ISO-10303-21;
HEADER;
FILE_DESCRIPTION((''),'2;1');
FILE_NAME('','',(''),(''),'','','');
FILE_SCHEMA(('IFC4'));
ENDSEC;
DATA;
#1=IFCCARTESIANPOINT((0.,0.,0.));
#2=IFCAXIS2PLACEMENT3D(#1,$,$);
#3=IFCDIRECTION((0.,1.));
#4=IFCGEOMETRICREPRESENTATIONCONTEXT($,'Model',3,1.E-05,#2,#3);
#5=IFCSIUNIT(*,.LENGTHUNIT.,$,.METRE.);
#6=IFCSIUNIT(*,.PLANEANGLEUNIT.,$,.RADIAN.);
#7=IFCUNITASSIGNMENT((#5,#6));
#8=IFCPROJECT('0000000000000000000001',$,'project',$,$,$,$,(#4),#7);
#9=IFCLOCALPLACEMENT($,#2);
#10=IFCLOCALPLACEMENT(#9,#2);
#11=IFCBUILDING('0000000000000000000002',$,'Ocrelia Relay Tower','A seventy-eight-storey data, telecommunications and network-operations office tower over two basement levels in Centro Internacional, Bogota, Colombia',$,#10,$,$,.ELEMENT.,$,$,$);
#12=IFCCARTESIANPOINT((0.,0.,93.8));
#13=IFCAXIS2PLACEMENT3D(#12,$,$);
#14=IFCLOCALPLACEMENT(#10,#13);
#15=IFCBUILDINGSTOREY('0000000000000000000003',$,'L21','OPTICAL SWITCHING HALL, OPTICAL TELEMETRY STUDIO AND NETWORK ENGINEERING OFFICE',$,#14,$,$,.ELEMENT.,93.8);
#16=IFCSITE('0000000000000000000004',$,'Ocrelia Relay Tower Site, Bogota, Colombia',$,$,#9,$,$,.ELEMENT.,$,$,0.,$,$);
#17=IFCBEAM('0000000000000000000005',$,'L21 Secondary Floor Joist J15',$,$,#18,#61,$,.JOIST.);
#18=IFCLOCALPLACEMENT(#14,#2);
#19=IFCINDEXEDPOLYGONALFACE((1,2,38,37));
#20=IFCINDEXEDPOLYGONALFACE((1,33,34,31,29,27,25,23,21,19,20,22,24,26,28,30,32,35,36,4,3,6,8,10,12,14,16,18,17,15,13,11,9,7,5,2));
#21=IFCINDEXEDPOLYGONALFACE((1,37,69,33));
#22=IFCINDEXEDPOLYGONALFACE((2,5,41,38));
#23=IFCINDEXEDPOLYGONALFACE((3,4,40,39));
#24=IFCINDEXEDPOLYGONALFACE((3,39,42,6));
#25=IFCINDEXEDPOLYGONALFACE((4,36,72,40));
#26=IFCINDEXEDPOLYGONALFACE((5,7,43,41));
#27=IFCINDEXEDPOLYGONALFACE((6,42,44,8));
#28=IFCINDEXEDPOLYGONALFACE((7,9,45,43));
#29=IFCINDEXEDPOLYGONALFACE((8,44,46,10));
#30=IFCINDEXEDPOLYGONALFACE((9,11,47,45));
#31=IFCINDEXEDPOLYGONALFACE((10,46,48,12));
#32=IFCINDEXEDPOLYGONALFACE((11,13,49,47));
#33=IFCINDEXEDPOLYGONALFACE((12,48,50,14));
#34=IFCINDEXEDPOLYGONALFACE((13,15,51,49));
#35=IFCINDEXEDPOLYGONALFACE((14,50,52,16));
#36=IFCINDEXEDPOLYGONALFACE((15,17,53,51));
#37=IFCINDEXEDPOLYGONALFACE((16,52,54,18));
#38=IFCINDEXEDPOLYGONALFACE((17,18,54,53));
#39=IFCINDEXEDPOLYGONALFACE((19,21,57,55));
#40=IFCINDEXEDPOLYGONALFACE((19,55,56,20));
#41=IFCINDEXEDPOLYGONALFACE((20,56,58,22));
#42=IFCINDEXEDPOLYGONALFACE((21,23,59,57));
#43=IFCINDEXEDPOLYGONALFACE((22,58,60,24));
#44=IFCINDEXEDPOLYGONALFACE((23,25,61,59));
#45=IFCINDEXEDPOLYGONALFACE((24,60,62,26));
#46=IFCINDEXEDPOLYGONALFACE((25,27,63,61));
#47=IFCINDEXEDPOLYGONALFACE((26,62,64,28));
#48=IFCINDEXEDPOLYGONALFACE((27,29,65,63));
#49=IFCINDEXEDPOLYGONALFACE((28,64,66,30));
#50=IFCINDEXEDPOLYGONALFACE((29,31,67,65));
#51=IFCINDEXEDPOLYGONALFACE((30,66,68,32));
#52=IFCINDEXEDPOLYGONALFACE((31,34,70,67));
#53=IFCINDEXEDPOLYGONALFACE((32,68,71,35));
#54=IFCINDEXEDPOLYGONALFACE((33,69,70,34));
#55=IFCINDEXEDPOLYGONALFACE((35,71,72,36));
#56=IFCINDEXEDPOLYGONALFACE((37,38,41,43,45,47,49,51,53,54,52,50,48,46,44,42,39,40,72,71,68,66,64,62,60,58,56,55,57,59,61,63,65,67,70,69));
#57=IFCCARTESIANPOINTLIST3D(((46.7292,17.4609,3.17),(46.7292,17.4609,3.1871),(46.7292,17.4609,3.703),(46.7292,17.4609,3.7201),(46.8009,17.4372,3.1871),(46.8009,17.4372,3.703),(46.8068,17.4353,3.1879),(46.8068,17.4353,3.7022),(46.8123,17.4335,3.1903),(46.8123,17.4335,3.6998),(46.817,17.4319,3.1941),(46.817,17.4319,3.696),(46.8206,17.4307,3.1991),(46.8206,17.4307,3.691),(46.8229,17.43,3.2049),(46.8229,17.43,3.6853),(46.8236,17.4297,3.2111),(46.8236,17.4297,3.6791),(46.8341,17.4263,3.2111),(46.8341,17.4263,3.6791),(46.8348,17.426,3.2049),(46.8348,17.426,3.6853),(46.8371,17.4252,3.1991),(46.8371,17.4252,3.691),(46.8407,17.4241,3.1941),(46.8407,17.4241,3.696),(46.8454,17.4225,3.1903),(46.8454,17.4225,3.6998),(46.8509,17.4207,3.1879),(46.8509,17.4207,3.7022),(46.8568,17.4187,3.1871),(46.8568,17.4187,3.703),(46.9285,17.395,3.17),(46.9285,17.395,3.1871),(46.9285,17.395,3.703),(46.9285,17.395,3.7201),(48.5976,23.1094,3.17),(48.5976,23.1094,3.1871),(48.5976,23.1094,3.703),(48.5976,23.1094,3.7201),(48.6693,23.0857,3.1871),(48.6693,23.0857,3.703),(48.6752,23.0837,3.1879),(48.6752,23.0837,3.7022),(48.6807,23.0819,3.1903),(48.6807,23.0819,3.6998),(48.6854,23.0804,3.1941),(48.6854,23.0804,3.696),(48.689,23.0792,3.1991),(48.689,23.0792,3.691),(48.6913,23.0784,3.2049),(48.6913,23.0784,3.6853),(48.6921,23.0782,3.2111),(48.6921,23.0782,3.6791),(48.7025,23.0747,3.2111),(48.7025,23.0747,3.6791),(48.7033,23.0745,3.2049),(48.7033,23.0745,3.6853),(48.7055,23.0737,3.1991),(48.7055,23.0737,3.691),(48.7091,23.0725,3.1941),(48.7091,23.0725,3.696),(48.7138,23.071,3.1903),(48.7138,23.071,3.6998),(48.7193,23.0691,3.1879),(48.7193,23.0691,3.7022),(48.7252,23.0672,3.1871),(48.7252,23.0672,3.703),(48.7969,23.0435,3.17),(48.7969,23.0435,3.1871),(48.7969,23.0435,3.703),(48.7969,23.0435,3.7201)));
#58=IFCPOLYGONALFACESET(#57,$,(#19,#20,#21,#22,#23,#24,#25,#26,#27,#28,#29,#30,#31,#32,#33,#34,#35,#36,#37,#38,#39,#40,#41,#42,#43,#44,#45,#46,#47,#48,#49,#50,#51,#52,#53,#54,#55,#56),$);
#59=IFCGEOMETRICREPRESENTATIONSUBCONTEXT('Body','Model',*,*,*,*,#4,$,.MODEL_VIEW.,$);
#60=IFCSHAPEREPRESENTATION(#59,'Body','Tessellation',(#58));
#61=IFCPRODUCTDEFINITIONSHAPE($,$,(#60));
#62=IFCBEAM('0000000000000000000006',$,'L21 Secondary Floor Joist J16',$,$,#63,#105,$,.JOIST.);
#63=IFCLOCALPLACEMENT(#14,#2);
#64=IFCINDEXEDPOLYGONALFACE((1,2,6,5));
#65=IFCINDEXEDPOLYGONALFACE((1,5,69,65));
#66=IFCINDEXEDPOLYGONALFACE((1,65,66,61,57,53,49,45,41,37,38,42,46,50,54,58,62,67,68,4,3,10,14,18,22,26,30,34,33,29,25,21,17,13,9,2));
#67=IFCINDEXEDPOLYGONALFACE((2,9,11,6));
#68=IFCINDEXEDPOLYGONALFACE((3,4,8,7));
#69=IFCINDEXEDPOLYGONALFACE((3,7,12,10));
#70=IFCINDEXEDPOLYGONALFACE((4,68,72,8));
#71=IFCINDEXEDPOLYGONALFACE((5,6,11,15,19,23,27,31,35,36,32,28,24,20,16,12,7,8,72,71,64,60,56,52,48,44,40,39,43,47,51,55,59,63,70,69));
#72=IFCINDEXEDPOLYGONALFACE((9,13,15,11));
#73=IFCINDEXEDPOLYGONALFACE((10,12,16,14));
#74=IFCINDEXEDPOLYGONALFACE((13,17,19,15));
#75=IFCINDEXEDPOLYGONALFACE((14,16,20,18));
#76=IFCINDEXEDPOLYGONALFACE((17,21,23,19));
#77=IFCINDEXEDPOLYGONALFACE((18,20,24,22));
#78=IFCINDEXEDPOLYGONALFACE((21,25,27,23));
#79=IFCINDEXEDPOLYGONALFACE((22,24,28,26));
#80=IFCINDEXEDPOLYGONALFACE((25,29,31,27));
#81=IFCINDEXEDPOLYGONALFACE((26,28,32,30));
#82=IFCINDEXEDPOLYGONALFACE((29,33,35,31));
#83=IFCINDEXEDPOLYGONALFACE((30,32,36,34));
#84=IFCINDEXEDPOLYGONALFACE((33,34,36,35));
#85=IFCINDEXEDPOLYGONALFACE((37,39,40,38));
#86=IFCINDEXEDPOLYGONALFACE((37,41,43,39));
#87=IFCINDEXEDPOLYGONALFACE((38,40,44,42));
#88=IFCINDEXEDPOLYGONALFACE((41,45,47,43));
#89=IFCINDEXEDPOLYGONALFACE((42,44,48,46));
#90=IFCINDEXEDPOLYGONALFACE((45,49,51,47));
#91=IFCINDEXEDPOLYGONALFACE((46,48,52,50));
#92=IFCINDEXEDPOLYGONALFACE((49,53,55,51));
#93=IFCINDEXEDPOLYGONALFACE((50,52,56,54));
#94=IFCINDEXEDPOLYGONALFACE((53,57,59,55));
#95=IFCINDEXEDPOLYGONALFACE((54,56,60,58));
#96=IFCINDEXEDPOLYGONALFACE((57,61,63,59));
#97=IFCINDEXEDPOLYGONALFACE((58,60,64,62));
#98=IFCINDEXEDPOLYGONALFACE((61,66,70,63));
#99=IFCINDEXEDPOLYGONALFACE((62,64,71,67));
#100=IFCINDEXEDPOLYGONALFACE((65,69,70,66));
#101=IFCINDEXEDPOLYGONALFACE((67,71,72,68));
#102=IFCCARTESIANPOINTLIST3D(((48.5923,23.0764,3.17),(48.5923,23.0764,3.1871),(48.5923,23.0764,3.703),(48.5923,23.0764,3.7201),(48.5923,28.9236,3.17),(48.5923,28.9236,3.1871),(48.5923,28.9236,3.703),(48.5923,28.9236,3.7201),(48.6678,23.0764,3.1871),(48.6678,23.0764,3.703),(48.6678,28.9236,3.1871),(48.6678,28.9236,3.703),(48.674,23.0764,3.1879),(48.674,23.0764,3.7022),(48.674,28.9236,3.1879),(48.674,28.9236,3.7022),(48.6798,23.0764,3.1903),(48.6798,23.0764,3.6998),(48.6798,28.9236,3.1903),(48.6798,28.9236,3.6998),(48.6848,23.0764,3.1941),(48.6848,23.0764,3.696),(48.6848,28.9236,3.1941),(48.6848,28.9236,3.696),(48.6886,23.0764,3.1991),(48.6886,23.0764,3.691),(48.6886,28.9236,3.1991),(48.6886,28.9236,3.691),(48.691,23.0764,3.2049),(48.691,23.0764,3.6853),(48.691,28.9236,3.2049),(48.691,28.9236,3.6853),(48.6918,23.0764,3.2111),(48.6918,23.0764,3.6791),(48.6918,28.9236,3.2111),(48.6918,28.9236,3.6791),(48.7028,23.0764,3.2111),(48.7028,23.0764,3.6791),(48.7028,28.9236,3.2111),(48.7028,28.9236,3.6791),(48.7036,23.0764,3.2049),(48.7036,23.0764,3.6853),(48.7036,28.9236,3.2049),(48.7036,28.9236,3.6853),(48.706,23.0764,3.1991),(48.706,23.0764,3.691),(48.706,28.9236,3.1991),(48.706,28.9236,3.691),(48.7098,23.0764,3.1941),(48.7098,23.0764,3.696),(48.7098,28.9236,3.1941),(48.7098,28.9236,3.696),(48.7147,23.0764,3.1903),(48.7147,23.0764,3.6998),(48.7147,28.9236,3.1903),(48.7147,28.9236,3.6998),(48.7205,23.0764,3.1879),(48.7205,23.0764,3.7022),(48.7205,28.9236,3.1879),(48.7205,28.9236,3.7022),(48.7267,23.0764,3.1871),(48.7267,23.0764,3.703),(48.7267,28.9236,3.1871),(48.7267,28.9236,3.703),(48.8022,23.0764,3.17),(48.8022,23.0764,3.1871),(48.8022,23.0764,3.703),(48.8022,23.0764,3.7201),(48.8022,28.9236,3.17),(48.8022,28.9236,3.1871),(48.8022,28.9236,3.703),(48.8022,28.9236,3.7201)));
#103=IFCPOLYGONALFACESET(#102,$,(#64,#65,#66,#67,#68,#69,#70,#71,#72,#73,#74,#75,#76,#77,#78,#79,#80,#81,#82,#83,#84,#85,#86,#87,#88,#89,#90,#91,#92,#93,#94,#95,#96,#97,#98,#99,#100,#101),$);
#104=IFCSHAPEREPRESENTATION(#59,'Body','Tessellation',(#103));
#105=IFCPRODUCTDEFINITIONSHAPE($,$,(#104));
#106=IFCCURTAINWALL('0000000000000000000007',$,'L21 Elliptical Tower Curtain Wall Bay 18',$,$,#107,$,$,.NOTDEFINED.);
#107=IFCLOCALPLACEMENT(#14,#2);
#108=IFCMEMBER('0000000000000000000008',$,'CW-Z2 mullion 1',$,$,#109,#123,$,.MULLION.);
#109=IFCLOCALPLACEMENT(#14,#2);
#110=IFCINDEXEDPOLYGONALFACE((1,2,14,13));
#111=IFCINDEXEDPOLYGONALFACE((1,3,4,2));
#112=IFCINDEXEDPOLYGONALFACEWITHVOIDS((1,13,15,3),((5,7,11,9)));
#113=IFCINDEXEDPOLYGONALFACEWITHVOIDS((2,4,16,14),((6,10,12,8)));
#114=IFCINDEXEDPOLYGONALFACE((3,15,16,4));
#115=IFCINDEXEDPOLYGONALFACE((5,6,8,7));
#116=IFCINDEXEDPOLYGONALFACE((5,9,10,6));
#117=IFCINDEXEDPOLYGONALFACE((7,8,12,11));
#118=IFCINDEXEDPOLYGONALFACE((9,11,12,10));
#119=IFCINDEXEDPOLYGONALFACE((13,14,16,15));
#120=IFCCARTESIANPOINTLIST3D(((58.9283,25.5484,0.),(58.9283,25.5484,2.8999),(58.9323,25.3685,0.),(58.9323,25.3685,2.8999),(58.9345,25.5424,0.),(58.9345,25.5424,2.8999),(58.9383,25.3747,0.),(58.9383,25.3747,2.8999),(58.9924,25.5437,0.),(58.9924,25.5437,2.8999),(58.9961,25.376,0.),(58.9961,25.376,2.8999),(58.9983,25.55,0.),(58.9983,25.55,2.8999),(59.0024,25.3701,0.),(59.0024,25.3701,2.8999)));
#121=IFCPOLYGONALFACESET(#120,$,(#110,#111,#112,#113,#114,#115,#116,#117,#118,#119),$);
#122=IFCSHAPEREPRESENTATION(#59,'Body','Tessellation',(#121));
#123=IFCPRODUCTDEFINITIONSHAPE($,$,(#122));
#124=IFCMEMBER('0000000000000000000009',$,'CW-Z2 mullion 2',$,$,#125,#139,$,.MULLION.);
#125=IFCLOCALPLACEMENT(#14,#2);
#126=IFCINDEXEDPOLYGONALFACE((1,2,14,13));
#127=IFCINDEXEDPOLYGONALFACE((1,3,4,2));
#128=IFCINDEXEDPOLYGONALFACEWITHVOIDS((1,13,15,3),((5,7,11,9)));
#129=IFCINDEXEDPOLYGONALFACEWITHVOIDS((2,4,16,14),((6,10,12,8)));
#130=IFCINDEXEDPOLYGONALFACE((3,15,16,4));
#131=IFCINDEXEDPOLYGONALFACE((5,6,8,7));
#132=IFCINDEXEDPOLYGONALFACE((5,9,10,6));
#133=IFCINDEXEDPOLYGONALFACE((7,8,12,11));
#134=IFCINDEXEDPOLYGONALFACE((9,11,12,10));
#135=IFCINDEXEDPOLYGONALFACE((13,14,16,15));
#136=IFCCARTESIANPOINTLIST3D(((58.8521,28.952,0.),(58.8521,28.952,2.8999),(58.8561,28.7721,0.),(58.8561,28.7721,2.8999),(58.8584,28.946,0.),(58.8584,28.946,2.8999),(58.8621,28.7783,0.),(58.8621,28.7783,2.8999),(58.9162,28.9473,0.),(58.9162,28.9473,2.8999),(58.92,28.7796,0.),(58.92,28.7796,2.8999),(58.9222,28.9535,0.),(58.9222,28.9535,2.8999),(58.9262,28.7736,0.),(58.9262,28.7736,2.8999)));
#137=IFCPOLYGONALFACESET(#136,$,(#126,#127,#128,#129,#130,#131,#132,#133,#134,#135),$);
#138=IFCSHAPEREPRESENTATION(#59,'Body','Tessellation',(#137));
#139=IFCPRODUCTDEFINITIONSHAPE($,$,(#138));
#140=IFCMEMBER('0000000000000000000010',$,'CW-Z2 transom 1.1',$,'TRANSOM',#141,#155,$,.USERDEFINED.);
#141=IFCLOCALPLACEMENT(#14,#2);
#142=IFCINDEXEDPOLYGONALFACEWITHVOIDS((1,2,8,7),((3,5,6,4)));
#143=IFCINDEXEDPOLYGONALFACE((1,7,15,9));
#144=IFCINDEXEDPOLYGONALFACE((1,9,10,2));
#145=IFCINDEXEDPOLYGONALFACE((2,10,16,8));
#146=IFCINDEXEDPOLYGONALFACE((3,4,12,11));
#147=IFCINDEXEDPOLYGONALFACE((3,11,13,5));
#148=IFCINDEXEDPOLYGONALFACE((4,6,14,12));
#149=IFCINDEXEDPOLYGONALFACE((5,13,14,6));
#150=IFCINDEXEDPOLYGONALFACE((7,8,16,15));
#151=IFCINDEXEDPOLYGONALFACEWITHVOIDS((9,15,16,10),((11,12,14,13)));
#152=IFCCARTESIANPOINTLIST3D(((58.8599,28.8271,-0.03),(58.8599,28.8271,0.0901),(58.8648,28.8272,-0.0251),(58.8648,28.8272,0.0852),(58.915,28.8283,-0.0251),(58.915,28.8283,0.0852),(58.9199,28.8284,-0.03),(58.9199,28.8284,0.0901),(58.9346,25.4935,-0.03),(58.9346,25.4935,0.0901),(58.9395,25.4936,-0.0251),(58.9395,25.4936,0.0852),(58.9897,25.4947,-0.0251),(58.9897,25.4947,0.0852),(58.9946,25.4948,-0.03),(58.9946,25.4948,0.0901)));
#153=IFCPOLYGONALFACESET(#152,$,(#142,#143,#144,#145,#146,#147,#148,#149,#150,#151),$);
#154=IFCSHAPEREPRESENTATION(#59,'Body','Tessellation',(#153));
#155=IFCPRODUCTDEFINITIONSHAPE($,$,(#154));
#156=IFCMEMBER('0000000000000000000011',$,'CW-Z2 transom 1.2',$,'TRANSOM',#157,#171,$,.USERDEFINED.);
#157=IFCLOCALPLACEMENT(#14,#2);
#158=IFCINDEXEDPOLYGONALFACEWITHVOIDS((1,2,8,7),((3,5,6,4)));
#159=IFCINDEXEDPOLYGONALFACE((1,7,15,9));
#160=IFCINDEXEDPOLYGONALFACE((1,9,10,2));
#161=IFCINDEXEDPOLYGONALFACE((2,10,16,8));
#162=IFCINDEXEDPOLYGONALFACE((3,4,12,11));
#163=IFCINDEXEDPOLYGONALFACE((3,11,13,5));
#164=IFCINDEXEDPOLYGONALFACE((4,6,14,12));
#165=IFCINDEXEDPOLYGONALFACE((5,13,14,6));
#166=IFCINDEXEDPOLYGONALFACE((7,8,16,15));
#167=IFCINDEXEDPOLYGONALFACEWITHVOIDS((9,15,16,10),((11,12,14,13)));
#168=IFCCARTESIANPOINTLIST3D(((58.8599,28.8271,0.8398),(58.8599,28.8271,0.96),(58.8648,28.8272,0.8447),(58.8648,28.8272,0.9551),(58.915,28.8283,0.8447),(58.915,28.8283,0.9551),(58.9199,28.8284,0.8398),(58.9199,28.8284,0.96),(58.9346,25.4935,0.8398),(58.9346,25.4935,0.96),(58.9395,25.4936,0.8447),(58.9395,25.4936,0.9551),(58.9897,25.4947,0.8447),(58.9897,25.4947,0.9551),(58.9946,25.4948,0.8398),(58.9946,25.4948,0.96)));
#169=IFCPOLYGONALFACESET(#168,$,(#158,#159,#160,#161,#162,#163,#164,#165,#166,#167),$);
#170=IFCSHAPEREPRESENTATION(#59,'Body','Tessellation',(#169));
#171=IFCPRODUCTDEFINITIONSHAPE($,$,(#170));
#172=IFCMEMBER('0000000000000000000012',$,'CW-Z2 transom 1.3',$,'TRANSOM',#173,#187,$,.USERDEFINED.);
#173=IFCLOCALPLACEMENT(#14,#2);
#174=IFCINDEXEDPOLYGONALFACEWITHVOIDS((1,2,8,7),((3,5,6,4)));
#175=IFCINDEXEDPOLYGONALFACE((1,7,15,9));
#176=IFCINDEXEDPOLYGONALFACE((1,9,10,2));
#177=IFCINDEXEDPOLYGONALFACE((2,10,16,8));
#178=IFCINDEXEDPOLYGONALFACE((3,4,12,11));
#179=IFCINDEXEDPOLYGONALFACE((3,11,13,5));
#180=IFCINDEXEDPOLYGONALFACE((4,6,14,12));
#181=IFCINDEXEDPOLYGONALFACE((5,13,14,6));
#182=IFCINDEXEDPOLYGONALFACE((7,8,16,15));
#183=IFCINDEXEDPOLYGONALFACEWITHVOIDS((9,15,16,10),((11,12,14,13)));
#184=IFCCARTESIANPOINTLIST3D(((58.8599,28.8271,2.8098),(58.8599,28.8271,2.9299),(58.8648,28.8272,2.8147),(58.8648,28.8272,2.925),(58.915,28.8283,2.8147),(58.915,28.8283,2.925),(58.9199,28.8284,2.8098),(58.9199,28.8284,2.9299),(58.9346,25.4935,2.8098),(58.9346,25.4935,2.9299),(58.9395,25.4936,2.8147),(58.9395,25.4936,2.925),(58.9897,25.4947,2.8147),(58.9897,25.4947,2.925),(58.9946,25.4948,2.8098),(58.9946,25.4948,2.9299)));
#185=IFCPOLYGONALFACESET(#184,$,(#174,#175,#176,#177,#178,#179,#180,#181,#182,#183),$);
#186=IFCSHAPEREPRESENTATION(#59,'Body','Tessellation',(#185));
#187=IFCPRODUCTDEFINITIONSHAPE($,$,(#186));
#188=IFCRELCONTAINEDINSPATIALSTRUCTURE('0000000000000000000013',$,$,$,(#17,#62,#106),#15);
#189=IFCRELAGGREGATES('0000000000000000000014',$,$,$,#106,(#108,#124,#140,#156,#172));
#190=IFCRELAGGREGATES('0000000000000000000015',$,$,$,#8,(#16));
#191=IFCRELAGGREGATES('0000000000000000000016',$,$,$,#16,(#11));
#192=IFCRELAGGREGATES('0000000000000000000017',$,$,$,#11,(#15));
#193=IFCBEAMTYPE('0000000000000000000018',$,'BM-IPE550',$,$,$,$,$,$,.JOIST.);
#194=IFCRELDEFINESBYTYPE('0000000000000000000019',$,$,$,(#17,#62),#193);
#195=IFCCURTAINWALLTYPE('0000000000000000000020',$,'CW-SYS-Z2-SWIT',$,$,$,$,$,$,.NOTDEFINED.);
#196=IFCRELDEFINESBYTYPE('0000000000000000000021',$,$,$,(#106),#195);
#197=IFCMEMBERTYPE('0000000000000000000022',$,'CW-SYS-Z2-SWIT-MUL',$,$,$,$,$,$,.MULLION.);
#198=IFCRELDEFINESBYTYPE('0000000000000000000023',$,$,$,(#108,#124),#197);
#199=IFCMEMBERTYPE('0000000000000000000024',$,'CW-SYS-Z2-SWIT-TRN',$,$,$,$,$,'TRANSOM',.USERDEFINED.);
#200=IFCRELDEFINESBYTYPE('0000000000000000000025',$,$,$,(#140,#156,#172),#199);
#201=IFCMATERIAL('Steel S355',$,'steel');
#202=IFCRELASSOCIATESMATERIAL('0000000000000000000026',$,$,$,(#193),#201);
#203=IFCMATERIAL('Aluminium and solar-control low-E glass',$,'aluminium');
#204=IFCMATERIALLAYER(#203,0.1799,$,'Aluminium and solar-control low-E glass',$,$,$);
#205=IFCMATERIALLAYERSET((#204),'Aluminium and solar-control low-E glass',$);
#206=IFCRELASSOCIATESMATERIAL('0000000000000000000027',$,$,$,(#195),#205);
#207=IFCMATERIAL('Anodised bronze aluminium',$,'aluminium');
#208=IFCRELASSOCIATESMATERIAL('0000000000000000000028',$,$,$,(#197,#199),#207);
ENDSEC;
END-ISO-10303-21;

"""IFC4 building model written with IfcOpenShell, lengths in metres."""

from ifc_helpers import new_model, si_unit, direction, frame, origin, origin_2d, place, context, subcontext, project, spatial, hollow_rectangle, i_section, extrude, material, layer, layer_set, material_profile, profile_set, type_object, element, aggregate, save


model = new_model("IFC4")

# Units and contexts
model_context = context("Model", 3, precision=1e-05, world=origin(), true_north=direction((0.0, 1.0)))
body_context = subcontext(model_context, "Body", "Model", "MODEL_VIEW")
ifc_project = project(units=[si_unit("LENGTHUNIT", "METRE"), si_unit("PLANEANGLEUNIT", "RADIAN")], contexts=[model_context])

# Site, building, storey
site_placement = place(None, origin())
site = spatial("IfcSite", under=ifc_project, at=site_placement, Name="Ocrelia Relay Tower Site, Bogota, Colombia", CompositionType="ELEMENT", RefElevation=0.0)
building_placement = place(site_placement, origin())
building = spatial("IfcBuilding", under=site, at=building_placement, Name="Ocrelia Relay Tower", Description="A seventy-eight-storey data, telecommunications and network-operations office tower over two basement levels in Centro Internacional, Bogota, Colombia", CompositionType="ELEMENT")
storey_placement = place(building_placement, frame((0.0, 0.0, 93.8)))
storey = spatial("IfcBuildingStorey", under=building, at=storey_placement, Name="L21", Description="OPTICAL SWITCHING HALL, OPTICAL TELEMETRY STUDIO AND NETWORK ENGINEERING OFFICE", CompositionType="ELEMENT", Elevation=93.8)

# Beams
ifc_material_1 = material(Name="Steel S355", Category="steel")
ifc_material_profile_1 = material_profile(ifc_material_1, i_section(OverallWidth=0.21, OverallDepth=0.55, WebThickness=0.011, FlangeThickness=0.0171, FilletRadius=0.0239, at=origin_2d()), Name="IPE 550")
ifc_profile_set_1 = profile_set([ifc_material_profile_1], Name="Steel S355")
beam_type_1 = type_object("IfcBeamType", Name="BM-IPE550", PredefinedType="JOIST", material=ifc_profile_set_1)
beam_1_placement = place(storey_placement, frame((46.8289, 17.428, 3.4451), z_axis=(0.314048, 0.949407, 0.0), x_axis=(-0.949407, 0.314048, 0.0)))
element("IfcBeam", 1, at=beam_1_placement, inside=storey, type_object=beam_type_1, Name="L21 Secondary Floor Joist J15", PredefinedType="JOIST", context=body_context, shape_type="SweptSolid", body=[
    extrude(i_section(OverallWidth=0.21, OverallDepth=0.55, WebThickness=0.011, FlangeThickness=0.0171, FilletRadius=0.0239, at=origin_2d()), origin(), (0.0, 0.0, 1.0), 5.9495),
])
beam_2_placement = place(storey_placement, frame((48.6973, 23.0764, 3.4451), z_axis=(0.0, 1.0, 0.0), x_axis=(-1.0, 0.0, 0.0)))
element("IfcBeam", 2, at=beam_2_placement, inside=storey, type_object=beam_type_1, Name="L21 Secondary Floor Joist J16", PredefinedType="JOIST", context=body_context, shape_type="SweptSolid", body=[
    extrude(i_section(OverallWidth=0.21, OverallDepth=0.55, WebThickness=0.011, FlangeThickness=0.0171, FilletRadius=0.0239, at=origin_2d()), origin(), (0.0, 0.0, 1.0), 5.8472),
])

# Curtain wall, members
ifc_material_2 = material(Name="Aluminium and solar-control low-E glass", Category="aluminium")
ifc_layer_1 = layer(ifc_material_2, 0.1799, Name="Aluminium and solar-control low-E glass")
ifc_layer_set_1 = layer_set([ifc_layer_1], Name="Aluminium and solar-control low-E glass")
curtain_wall_type = type_object("IfcCurtainWallType", Name="CW-SYS-Z2-SWIT", PredefinedType="NOTDEFINED", material=ifc_layer_set_1)
curtain_wall_placement = place(storey_placement, origin())
curtain_wall = element("IfcCurtainWall", 3, at=curtain_wall_placement, inside=storey, type_object=curtain_wall_type, Name="L21 Elliptical Tower Curtain Wall Bay 18", PredefinedType="NOTDEFINED")
ifc_material_3 = material(Name="Anodised bronze aluminium", Category="aluminium")
ifc_material_profile_2 = material_profile(ifc_material_3, hollow_rectangle(XDim=0.0701, YDim=0.1799, WallThickness=0.0061, at=origin_2d()), Name="CW-MUL-180x70")
ifc_profile_set_2 = profile_set([ifc_material_profile_2], Name="Anodised bronze aluminium")
member_type_1 = type_object("IfcMemberType", Name="CW-SYS-Z2-SWIT-MUL", PredefinedType="MULLION", material=ifc_profile_set_2)
member_1_placement = place(storey_placement, frame((58.9653, 25.4592, 0.0), z_axis=(0.0, 0.0, 1.0), x_axis=(-0.99975, -0.022358, 0.0)))
member_1 = element("IfcMember", 4, at=member_1_placement, type_object=member_type_1, Name="CW-Z2 mullion 1", PredefinedType="MULLION", context=body_context, shape_type="SweptSolid", body=[
    extrude(hollow_rectangle(XDim=0.0701, YDim=0.1799, WallThickness=0.0061, at=origin_2d()), origin(), (0.0, 0.0, 1.0), 2.8999),
])
member_2_placement = place(storey_placement, frame((58.8892, 28.8628, 0.0), z_axis=(0.0, 0.0, 1.0), x_axis=(-0.99975, -0.022358, 0.0)))
member_2 = element("IfcMember", 5, at=member_2_placement, type_object=member_type_1, Name="CW-Z2 mullion 2", PredefinedType="MULLION", context=body_context, shape_type="SweptSolid", body=[
    extrude(hollow_rectangle(XDim=0.0701, YDim=0.1799, WallThickness=0.0061, at=origin_2d()), origin(), (0.0, 0.0, 1.0), 2.8999),
])
ifc_material_profile_3 = material_profile(ifc_material_3, hollow_rectangle(XDim=0.0601, YDim=0.1201, WallThickness=0.0049, at=origin_2d()), Name="CW-TRN-120x60")
ifc_profile_set_3 = profile_set([ifc_material_profile_3], Name="Anodised bronze aluminium")
member_type_2 = type_object("IfcMemberType", Name="CW-SYS-Z2-SWIT-TRN", ElementType="TRANSOM", PredefinedType="USERDEFINED", material=ifc_profile_set_3)
member_3_placement = place(storey_placement, frame((58.9646, 25.4941, 0.03), z_axis=(-0.022404, 0.999749, 0.0), x_axis=(-0.999749, -0.022404, 0.0)))
member_3 = element("IfcMember", 6, at=member_3_placement, type_object=member_type_2, Name="CW-Z2 transom 1.1", ObjectType="TRANSOM", PredefinedType="USERDEFINED", context=body_context, shape_type="SweptSolid", body=[
    extrude(hollow_rectangle(XDim=0.0601, YDim=0.1201, WallThickness=0.0049, at=origin_2d()), origin(), (0.0, 0.0, 1.0), 3.3345),
])
member_4_placement = place(storey_placement, frame((58.9646, 25.4941, 0.8999), z_axis=(-0.022404, 0.999749, 0.0), x_axis=(-0.999749, -0.022404, 0.0)))
member_4 = element("IfcMember", 7, at=member_4_placement, type_object=member_type_2, Name="CW-Z2 transom 1.2", ObjectType="TRANSOM", PredefinedType="USERDEFINED", context=body_context, shape_type="SweptSolid", body=[
    extrude(hollow_rectangle(XDim=0.0601, YDim=0.1201, WallThickness=0.0049, at=origin_2d()), origin(), (0.0, 0.0, 1.0), 3.3345),
])
member_5_placement = place(storey_placement, frame((58.9646, 25.4941, 2.8699), z_axis=(-0.022404, 0.999749, 0.0), x_axis=(-0.999749, -0.022404, 0.0)))
member_5 = element("IfcMember", 8, at=member_5_placement, type_object=member_type_2, Name="CW-Z2 transom 1.3", ObjectType="TRANSOM", PredefinedType="USERDEFINED", context=body_context, shape_type="SweptSolid", body=[
    extrude(hollow_rectangle(XDim=0.0601, YDim=0.1201, WallThickness=0.0049, at=origin_2d()), origin(), (0.0, 0.0, 1.0), 3.3345),
])
aggregate(curtain_wall, [member_1, member_2, member_3, member_4, member_5])

save(model, "model.ifc")
